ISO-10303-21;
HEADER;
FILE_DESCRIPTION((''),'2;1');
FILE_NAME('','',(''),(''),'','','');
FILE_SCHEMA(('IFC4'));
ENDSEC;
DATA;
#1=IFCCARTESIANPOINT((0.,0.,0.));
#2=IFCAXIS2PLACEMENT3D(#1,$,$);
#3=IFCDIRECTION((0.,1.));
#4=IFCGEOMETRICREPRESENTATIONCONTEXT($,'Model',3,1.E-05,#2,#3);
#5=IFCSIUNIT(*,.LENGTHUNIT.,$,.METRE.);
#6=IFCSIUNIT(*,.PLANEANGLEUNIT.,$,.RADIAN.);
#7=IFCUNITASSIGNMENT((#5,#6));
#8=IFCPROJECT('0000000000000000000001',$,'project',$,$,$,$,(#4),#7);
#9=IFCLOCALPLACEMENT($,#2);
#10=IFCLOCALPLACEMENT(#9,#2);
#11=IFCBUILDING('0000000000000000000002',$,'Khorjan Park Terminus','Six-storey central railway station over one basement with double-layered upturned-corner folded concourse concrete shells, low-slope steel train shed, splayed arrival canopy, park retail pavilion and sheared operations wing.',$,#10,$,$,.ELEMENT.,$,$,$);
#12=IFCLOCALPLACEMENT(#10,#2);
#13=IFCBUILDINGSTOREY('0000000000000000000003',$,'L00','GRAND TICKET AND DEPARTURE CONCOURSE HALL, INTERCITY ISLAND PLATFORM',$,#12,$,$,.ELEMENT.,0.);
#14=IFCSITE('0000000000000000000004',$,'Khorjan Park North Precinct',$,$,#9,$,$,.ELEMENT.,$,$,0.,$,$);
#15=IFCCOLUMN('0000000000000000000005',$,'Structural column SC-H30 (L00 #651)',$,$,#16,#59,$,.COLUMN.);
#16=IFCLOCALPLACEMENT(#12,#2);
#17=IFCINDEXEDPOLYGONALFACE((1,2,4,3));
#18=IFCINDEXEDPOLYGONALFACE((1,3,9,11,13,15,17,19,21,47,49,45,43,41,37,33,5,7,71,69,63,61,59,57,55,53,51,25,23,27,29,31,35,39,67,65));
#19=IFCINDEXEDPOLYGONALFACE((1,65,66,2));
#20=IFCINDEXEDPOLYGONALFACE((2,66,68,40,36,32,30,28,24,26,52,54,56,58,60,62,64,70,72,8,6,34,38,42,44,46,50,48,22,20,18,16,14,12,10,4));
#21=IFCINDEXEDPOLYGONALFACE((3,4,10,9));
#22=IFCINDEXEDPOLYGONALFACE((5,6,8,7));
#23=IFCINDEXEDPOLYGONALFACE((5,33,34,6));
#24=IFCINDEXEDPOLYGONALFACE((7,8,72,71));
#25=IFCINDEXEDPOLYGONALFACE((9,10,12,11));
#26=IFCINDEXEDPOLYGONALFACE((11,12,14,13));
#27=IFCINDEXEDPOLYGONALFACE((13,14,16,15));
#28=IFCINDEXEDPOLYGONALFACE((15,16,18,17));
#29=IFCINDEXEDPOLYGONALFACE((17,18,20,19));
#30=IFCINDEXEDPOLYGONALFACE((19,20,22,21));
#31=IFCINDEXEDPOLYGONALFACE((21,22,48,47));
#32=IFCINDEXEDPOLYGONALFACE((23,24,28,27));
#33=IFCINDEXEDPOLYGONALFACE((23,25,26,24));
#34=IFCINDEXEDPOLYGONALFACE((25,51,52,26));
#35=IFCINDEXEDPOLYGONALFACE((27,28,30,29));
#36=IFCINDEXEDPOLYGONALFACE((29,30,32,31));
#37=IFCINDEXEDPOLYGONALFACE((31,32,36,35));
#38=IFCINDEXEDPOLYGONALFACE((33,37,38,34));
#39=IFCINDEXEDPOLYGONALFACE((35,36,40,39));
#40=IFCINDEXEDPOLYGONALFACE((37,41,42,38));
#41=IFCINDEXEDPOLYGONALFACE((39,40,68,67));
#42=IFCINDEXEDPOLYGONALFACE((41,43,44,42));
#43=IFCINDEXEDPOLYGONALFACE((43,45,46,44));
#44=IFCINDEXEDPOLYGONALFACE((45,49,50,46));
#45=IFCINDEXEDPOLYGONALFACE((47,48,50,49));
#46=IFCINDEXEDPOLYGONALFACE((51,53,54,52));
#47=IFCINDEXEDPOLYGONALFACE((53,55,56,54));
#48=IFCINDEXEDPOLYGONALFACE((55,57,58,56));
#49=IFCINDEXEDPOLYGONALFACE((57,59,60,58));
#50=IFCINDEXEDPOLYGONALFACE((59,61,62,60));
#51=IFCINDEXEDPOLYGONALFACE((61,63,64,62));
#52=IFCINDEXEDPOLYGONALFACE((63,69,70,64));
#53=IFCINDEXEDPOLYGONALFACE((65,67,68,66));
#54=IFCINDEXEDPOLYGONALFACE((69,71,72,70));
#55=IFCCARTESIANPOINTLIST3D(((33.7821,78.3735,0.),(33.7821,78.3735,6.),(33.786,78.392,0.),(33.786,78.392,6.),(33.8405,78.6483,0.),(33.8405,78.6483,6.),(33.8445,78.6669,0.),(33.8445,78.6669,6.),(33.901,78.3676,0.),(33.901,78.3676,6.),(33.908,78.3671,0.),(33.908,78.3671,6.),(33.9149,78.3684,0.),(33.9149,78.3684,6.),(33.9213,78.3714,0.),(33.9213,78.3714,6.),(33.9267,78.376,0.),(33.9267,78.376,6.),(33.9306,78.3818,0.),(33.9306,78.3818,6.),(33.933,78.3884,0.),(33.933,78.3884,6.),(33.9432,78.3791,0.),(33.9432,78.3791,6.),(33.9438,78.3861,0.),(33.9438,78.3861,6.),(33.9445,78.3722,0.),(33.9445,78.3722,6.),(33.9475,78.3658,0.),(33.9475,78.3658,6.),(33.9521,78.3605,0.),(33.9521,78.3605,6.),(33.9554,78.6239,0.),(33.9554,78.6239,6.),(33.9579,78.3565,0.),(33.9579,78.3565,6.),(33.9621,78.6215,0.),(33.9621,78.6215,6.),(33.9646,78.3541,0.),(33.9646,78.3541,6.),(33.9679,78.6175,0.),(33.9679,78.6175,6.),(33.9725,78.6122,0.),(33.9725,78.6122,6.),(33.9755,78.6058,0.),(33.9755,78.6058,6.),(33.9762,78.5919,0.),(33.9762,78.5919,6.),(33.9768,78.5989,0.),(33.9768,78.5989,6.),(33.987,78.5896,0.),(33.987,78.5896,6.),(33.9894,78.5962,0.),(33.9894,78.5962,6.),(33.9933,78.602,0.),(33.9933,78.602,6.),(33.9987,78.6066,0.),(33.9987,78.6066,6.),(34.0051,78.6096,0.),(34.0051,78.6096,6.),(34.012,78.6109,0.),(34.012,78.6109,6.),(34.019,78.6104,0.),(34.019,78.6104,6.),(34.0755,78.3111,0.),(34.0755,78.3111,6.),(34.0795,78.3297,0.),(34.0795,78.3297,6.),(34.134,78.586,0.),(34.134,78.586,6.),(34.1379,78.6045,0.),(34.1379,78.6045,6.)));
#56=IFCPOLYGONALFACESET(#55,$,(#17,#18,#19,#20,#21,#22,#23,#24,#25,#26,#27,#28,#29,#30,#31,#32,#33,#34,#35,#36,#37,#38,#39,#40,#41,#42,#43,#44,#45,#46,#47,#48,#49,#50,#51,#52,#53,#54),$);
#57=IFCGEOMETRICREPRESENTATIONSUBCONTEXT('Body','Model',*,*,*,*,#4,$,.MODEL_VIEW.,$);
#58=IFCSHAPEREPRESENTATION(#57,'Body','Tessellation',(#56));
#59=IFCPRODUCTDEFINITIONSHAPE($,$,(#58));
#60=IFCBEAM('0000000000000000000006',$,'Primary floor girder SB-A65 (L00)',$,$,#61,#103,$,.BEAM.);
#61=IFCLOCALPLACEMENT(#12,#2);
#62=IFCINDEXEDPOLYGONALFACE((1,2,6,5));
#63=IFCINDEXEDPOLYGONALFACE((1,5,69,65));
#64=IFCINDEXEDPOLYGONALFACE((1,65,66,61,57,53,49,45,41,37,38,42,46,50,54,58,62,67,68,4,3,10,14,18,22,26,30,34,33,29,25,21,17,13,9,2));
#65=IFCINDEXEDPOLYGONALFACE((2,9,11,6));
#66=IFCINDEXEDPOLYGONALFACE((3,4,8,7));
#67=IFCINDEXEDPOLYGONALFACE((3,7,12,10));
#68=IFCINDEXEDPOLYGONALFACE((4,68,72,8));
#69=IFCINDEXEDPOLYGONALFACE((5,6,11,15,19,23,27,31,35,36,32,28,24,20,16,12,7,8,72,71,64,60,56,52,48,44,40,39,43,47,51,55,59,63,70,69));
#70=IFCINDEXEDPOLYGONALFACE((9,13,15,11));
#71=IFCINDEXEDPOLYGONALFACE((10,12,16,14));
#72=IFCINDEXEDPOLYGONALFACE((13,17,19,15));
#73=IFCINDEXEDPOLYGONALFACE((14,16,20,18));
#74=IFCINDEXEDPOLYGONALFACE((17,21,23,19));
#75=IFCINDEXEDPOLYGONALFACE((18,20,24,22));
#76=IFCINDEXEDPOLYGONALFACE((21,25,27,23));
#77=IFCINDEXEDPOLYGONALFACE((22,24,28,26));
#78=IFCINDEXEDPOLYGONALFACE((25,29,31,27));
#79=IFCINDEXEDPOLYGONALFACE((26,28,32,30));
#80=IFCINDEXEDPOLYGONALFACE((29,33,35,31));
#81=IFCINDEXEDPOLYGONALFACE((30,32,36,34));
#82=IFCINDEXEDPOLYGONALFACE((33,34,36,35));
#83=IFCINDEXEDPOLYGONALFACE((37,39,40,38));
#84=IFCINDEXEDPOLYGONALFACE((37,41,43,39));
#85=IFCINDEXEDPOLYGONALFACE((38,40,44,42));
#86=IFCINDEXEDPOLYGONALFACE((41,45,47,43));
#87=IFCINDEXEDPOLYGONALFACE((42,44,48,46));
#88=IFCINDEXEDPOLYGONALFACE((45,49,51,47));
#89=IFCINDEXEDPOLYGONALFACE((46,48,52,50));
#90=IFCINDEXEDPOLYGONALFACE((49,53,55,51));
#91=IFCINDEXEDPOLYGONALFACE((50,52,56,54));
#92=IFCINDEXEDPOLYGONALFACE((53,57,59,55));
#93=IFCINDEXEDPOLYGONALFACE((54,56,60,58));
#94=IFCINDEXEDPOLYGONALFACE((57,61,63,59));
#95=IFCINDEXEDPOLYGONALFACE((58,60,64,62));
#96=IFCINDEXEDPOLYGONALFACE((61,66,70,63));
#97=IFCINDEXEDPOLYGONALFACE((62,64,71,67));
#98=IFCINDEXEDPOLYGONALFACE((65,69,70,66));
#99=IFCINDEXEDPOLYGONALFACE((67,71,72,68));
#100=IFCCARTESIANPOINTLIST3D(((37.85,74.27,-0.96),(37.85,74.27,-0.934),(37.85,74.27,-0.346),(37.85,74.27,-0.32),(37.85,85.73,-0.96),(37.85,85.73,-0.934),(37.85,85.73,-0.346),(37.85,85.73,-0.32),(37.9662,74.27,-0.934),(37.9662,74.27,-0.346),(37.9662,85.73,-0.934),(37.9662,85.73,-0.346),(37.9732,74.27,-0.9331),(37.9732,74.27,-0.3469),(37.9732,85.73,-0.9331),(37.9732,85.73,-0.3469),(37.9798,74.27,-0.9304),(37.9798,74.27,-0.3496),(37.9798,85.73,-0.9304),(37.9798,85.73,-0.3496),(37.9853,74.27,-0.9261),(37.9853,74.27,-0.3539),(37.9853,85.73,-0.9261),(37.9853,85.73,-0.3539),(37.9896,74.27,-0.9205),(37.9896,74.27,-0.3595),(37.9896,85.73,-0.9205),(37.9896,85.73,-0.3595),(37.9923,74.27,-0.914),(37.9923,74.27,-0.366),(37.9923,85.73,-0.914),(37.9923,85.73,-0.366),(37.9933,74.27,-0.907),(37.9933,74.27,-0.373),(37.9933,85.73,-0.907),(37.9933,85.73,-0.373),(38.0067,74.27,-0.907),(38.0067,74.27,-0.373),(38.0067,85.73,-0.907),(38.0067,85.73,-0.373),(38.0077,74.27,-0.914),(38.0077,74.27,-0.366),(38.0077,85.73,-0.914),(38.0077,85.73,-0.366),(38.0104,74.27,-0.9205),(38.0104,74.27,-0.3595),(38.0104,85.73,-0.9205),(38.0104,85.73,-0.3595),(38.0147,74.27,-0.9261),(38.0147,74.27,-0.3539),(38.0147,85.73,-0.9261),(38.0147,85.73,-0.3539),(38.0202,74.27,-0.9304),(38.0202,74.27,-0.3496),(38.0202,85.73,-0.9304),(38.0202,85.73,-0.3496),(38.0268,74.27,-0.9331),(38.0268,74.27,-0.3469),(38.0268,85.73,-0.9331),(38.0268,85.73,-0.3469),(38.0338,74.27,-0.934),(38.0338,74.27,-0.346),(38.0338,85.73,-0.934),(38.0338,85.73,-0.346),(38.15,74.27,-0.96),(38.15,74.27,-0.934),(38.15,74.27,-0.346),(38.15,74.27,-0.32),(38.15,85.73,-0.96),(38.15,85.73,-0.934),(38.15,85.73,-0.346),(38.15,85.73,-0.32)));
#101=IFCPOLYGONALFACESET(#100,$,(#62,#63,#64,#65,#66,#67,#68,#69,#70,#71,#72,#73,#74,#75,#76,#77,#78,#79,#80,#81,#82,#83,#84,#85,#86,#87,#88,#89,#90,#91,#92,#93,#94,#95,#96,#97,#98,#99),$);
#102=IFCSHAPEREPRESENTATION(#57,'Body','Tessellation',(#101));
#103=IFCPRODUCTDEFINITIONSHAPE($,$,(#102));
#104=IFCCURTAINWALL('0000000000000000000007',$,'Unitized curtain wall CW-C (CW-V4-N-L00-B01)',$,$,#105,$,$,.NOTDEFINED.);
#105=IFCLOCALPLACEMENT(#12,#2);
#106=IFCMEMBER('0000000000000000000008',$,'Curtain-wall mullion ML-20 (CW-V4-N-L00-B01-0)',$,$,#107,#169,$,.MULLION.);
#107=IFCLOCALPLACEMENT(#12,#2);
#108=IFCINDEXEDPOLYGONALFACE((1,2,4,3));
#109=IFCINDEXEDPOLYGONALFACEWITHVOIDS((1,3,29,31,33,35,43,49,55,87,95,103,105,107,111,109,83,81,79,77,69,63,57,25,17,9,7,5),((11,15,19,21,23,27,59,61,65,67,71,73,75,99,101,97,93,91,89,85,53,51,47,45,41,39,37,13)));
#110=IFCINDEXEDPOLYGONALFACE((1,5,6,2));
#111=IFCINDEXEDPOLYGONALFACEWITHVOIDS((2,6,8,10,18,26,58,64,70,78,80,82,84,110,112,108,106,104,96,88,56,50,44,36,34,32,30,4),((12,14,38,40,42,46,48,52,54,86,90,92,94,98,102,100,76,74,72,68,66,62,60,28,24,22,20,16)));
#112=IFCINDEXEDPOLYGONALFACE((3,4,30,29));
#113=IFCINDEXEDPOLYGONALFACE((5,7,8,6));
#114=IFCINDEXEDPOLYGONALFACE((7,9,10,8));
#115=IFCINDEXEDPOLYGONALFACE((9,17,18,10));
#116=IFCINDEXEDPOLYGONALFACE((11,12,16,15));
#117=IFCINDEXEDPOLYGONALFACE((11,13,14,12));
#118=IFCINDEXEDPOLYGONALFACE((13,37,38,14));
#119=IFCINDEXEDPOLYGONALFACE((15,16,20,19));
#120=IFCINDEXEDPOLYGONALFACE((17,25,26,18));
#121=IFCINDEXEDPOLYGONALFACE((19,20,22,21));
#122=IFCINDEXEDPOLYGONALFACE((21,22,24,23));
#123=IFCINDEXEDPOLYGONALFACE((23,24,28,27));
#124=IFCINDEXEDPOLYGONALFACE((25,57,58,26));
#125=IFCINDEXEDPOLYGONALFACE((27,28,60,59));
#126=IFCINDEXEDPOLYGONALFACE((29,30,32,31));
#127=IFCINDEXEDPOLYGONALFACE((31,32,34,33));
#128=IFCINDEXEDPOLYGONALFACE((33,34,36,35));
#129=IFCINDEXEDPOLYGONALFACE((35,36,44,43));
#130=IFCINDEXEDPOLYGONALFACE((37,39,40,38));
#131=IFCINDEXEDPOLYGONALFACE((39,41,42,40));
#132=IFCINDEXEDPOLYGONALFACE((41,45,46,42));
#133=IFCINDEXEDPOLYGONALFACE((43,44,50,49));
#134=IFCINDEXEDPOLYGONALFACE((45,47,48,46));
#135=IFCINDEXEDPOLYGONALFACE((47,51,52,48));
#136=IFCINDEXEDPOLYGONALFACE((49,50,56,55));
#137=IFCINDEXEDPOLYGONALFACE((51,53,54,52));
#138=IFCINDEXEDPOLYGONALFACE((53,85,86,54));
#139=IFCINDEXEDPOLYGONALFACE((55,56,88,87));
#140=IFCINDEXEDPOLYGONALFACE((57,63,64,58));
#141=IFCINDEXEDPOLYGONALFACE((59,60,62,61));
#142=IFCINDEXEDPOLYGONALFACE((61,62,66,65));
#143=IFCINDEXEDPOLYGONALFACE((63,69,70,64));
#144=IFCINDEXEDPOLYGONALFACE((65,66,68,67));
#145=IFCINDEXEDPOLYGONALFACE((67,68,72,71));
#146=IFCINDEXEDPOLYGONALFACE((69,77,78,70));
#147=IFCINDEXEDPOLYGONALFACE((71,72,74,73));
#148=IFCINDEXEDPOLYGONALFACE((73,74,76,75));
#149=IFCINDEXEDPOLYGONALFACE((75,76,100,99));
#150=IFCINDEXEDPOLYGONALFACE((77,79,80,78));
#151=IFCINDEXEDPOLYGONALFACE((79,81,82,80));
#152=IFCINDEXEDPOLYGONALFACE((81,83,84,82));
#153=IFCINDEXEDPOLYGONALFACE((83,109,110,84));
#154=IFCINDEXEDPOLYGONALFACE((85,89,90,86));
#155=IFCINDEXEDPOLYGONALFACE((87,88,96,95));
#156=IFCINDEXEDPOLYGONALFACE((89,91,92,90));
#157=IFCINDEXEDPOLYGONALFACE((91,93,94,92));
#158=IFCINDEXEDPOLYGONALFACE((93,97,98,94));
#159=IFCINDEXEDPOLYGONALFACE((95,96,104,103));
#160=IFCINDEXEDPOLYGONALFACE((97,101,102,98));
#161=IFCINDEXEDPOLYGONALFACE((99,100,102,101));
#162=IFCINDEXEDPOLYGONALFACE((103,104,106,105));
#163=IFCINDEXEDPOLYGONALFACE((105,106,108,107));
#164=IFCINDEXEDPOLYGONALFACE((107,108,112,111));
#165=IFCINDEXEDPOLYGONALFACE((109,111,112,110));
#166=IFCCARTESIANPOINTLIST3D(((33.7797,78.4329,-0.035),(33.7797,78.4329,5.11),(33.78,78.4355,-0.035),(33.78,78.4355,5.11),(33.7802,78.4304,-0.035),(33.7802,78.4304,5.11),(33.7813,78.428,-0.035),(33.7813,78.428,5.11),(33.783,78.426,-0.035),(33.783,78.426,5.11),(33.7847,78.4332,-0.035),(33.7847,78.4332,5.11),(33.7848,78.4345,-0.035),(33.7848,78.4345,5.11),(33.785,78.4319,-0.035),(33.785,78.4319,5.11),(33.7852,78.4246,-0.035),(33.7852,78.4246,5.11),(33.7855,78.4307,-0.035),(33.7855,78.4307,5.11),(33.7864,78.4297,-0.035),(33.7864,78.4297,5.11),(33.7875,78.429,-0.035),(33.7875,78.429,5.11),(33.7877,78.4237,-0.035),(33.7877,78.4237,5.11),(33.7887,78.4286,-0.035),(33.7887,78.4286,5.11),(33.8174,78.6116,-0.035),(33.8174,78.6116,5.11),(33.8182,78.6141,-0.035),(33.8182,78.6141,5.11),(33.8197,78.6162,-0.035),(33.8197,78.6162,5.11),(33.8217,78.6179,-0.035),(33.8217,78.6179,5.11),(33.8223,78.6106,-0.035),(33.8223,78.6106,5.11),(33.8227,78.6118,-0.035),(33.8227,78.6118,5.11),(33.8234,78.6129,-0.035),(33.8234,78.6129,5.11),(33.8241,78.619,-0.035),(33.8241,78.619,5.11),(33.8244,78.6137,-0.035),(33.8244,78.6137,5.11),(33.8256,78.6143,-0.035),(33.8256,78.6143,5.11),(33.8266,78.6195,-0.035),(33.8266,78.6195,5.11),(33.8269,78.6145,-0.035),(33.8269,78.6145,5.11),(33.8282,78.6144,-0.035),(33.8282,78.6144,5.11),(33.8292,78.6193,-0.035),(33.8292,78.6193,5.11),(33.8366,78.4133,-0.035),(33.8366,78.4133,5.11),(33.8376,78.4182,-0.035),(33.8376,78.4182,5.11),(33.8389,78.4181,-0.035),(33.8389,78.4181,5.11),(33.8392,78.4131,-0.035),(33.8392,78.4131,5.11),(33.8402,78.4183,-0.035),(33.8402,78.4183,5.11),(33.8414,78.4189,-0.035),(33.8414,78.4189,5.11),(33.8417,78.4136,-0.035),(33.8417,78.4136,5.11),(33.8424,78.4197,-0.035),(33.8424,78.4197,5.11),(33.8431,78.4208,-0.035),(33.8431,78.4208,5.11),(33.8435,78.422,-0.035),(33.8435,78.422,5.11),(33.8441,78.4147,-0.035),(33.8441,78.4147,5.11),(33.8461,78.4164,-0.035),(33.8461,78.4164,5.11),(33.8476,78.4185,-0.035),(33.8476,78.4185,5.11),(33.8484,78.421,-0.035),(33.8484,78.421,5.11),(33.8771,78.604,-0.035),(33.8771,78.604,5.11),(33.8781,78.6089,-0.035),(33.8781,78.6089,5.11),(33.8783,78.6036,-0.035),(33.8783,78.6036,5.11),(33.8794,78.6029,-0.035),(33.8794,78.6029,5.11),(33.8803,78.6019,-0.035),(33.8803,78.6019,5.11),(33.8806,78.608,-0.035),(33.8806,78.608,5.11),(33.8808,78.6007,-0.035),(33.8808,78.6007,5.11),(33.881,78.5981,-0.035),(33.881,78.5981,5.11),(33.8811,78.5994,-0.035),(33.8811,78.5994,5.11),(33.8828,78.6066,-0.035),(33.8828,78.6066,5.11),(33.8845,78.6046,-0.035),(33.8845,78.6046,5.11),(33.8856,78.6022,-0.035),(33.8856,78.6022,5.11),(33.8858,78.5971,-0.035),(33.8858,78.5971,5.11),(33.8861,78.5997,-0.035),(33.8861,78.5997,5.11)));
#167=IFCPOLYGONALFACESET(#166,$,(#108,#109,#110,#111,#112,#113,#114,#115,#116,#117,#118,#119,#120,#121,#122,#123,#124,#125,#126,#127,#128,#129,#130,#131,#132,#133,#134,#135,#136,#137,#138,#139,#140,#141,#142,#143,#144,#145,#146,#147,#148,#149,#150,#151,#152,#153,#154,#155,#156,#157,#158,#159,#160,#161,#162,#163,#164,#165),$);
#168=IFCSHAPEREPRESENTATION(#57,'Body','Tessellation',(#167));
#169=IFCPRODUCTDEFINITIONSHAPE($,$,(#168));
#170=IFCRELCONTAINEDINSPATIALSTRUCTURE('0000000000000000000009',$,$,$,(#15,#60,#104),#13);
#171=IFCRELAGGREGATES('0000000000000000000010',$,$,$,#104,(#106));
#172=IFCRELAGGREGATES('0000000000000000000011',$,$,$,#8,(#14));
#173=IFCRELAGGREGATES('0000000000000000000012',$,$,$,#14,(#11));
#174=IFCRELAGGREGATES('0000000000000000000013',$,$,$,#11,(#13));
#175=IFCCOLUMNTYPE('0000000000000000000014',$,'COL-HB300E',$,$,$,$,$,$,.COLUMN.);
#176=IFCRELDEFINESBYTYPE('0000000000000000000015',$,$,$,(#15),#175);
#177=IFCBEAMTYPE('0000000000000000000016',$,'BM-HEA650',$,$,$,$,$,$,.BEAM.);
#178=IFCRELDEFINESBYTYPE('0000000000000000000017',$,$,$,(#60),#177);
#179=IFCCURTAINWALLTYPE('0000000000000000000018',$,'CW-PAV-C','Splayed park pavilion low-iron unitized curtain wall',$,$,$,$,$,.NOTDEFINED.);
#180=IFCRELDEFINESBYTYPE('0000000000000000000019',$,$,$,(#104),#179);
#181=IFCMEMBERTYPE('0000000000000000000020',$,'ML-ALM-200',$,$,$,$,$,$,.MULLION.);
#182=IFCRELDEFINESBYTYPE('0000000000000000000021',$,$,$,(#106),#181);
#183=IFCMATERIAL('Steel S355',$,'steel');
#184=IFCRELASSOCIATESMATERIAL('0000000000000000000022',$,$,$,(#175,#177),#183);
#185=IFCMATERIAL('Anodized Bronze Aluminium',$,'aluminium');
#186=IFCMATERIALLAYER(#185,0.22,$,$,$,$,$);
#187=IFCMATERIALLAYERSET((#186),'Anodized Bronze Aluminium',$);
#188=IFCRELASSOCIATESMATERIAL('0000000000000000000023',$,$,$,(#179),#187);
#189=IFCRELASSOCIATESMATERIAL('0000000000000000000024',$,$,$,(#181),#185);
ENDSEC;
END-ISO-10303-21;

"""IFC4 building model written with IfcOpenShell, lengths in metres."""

from ifc_helpers import new_model, si_unit, direction, frame, origin, origin_2d, place, context, subcontext, project, spatial, hollow_rectangle, i_section, extrude, material, layer, layer_set, material_profile, profile_set, type_object, element, aggregate, save


model = new_model("IFC4")

# Units and contexts
model_context = context("Model", 3, precision=1e-05, world=origin(), true_north=direction((0.0, 1.0)))
body_context = subcontext(model_context, "Body", "Model", "MODEL_VIEW")
ifc_project = project(units=[si_unit("LENGTHUNIT", "METRE"), si_unit("PLANEANGLEUNIT", "RADIAN")], contexts=[model_context])

# Site, building, storey
site_placement = place(None, origin())
site = spatial("IfcSite", under=ifc_project, at=site_placement, Name="Khorjan Park North Precinct", CompositionType="ELEMENT", RefElevation=0.0)
building_placement = place(site_placement, origin())
building = spatial("IfcBuilding", under=site, at=building_placement, Name="Khorjan Park Terminus", Description="Six-storey central railway station over one basement with double-layered upturned-corner folded concourse concrete shells, low-slope steel train shed, splayed arrival canopy, park retail pavilion and sheared operations wing.", CompositionType="ELEMENT")
storey_placement = place(building_placement, origin())
storey = spatial("IfcBuildingStorey", under=building, at=storey_placement, Name="L00", Description="GRAND TICKET AND DEPARTURE CONCOURSE HALL, INTERCITY ISLAND PLATFORM", CompositionType="ELEMENT", Elevation=0.0)

# Column
ifc_material_1 = material(Name="Steel S355", Category="steel")
ifc_material_profile_1 = material_profile(ifc_material_1, i_section(OverallWidth=0.3, OverallDepth=0.3, WebThickness=0.011, FlangeThickness=0.019, FilletRadius=0.027, at=origin_2d()), Name="HEB 300")
ifc_profile_set_1 = profile_set([ifc_material_profile_1], Name="Steel S355")
column_type = type_object("IfcColumnType", Name="COL-HB300E", PredefinedType="COLUMN", material=ifc_profile_set_1)
column_placement = place(storey_placement, frame((33.96, 78.489, 0.0), z_axis=(0.0, 0.0, 1.0), x_axis=(0.978148, -0.207912, 0.0)))
element("IfcColumn", 1, at=column_placement, inside=storey, type_object=column_type, Name="Structural column SC-H30 (L00 #651)", PredefinedType="COLUMN", context=body_context, shape_type="SweptSolid", body=[
    extrude(i_section(OverallWidth=0.3, OverallDepth=0.3, WebThickness=0.011, FlangeThickness=0.019, FilletRadius=0.027, at=origin_2d()), origin(), (0.0, 0.0, 1.0), 6.0),
])

# Beam
ifc_material_profile_2 = material_profile(ifc_material_1, i_section(OverallWidth=0.3, OverallDepth=0.64, WebThickness=0.0135, FlangeThickness=0.026, FilletRadius=0.027, at=origin_2d()), Name="HEA 650")
ifc_profile_set_2 = profile_set([ifc_material_profile_2], Name="Steel S355")
beam_type = type_object("IfcBeamType", Name="BM-HEA650", PredefinedType="BEAM", material=ifc_profile_set_2)
beam_placement = place(storey_placement, frame((38.0, 74.27, -0.64), z_axis=(0.0, 1.0, 0.0), x_axis=(-1.0, 0.0, 0.0)))
element("IfcBeam", 2, at=beam_placement, inside=storey, type_object=beam_type, Name="Primary floor girder SB-A65 (L00)", PredefinedType="BEAM", context=body_context, shape_type="SweptSolid", body=[
    extrude(i_section(OverallWidth=0.3, OverallDepth=0.64, WebThickness=0.0135, FlangeThickness=0.026, FilletRadius=0.027, at=origin_2d()), origin(), (0.0, 0.0, 1.0), 11.46),
])

# Curtain wall, member
ifc_material_2 = material(Name="Anodized Bronze Aluminium", Category="aluminium")
ifc_layer_1 = layer(ifc_material_2, 0.22)
ifc_layer_set_1 = layer_set([ifc_layer_1], Name="Anodized Bronze Aluminium")
curtain_wall_type = type_object("IfcCurtainWallType", Name="CW-PAV-C", Description="Splayed park pavilion low-iron unitized curtain wall", PredefinedType="NOTDEFINED", material=ifc_layer_set_1)
curtain_wall_placement = place(storey_placement, origin())
curtain_wall = element("IfcCurtainWall", 3, at=curtain_wall_placement, inside=storey, type_object=curtain_wall_type, Name="Unitized curtain wall CW-C (CW-V4-N-L00-B01)", PredefinedType="NOTDEFINED")
ifc_material_profile_3 = material_profile(ifc_material_2, hollow_rectangle(XDim=0.07, YDim=0.2, WallThickness=0.005, InnerFilletRadius=0.005, OuterFilletRadius=0.01, at=origin_2d()), Name="ALM 70x200x5")
ifc_profile_set_3 = profile_set([ifc_material_profile_3], Name="Anodized Bronze Aluminium")
member_type_1 = type_object("IfcMemberType", Name="ML-ALM-200", PredefinedType="MULLION", material=ifc_profile_set_3)
member_1_placement = place(storey_placement, frame((33.8329, 78.5163, -0.035), z_axis=(0.0, 0.0, 1.0), x_axis=(-0.97815, 0.207903, 0.0)))
member_1 = element("IfcMember", 4, at=member_1_placement, type_object=member_type_1, Name="Curtain-wall mullion ML-20 (CW-V4-N-L00-B01-0)", PredefinedType="MULLION", context=body_context, shape_type="SweptSolid", body=[
    extrude(hollow_rectangle(XDim=0.07, YDim=0.2, WallThickness=0.005, InnerFilletRadius=0.005, OuterFilletRadius=0.01, at=origin_2d()), origin(), (0.0, 0.0, 1.0), 5.145),
])
aggregate(curtain_wall, [member_1])

save(model, "model.ifc")
